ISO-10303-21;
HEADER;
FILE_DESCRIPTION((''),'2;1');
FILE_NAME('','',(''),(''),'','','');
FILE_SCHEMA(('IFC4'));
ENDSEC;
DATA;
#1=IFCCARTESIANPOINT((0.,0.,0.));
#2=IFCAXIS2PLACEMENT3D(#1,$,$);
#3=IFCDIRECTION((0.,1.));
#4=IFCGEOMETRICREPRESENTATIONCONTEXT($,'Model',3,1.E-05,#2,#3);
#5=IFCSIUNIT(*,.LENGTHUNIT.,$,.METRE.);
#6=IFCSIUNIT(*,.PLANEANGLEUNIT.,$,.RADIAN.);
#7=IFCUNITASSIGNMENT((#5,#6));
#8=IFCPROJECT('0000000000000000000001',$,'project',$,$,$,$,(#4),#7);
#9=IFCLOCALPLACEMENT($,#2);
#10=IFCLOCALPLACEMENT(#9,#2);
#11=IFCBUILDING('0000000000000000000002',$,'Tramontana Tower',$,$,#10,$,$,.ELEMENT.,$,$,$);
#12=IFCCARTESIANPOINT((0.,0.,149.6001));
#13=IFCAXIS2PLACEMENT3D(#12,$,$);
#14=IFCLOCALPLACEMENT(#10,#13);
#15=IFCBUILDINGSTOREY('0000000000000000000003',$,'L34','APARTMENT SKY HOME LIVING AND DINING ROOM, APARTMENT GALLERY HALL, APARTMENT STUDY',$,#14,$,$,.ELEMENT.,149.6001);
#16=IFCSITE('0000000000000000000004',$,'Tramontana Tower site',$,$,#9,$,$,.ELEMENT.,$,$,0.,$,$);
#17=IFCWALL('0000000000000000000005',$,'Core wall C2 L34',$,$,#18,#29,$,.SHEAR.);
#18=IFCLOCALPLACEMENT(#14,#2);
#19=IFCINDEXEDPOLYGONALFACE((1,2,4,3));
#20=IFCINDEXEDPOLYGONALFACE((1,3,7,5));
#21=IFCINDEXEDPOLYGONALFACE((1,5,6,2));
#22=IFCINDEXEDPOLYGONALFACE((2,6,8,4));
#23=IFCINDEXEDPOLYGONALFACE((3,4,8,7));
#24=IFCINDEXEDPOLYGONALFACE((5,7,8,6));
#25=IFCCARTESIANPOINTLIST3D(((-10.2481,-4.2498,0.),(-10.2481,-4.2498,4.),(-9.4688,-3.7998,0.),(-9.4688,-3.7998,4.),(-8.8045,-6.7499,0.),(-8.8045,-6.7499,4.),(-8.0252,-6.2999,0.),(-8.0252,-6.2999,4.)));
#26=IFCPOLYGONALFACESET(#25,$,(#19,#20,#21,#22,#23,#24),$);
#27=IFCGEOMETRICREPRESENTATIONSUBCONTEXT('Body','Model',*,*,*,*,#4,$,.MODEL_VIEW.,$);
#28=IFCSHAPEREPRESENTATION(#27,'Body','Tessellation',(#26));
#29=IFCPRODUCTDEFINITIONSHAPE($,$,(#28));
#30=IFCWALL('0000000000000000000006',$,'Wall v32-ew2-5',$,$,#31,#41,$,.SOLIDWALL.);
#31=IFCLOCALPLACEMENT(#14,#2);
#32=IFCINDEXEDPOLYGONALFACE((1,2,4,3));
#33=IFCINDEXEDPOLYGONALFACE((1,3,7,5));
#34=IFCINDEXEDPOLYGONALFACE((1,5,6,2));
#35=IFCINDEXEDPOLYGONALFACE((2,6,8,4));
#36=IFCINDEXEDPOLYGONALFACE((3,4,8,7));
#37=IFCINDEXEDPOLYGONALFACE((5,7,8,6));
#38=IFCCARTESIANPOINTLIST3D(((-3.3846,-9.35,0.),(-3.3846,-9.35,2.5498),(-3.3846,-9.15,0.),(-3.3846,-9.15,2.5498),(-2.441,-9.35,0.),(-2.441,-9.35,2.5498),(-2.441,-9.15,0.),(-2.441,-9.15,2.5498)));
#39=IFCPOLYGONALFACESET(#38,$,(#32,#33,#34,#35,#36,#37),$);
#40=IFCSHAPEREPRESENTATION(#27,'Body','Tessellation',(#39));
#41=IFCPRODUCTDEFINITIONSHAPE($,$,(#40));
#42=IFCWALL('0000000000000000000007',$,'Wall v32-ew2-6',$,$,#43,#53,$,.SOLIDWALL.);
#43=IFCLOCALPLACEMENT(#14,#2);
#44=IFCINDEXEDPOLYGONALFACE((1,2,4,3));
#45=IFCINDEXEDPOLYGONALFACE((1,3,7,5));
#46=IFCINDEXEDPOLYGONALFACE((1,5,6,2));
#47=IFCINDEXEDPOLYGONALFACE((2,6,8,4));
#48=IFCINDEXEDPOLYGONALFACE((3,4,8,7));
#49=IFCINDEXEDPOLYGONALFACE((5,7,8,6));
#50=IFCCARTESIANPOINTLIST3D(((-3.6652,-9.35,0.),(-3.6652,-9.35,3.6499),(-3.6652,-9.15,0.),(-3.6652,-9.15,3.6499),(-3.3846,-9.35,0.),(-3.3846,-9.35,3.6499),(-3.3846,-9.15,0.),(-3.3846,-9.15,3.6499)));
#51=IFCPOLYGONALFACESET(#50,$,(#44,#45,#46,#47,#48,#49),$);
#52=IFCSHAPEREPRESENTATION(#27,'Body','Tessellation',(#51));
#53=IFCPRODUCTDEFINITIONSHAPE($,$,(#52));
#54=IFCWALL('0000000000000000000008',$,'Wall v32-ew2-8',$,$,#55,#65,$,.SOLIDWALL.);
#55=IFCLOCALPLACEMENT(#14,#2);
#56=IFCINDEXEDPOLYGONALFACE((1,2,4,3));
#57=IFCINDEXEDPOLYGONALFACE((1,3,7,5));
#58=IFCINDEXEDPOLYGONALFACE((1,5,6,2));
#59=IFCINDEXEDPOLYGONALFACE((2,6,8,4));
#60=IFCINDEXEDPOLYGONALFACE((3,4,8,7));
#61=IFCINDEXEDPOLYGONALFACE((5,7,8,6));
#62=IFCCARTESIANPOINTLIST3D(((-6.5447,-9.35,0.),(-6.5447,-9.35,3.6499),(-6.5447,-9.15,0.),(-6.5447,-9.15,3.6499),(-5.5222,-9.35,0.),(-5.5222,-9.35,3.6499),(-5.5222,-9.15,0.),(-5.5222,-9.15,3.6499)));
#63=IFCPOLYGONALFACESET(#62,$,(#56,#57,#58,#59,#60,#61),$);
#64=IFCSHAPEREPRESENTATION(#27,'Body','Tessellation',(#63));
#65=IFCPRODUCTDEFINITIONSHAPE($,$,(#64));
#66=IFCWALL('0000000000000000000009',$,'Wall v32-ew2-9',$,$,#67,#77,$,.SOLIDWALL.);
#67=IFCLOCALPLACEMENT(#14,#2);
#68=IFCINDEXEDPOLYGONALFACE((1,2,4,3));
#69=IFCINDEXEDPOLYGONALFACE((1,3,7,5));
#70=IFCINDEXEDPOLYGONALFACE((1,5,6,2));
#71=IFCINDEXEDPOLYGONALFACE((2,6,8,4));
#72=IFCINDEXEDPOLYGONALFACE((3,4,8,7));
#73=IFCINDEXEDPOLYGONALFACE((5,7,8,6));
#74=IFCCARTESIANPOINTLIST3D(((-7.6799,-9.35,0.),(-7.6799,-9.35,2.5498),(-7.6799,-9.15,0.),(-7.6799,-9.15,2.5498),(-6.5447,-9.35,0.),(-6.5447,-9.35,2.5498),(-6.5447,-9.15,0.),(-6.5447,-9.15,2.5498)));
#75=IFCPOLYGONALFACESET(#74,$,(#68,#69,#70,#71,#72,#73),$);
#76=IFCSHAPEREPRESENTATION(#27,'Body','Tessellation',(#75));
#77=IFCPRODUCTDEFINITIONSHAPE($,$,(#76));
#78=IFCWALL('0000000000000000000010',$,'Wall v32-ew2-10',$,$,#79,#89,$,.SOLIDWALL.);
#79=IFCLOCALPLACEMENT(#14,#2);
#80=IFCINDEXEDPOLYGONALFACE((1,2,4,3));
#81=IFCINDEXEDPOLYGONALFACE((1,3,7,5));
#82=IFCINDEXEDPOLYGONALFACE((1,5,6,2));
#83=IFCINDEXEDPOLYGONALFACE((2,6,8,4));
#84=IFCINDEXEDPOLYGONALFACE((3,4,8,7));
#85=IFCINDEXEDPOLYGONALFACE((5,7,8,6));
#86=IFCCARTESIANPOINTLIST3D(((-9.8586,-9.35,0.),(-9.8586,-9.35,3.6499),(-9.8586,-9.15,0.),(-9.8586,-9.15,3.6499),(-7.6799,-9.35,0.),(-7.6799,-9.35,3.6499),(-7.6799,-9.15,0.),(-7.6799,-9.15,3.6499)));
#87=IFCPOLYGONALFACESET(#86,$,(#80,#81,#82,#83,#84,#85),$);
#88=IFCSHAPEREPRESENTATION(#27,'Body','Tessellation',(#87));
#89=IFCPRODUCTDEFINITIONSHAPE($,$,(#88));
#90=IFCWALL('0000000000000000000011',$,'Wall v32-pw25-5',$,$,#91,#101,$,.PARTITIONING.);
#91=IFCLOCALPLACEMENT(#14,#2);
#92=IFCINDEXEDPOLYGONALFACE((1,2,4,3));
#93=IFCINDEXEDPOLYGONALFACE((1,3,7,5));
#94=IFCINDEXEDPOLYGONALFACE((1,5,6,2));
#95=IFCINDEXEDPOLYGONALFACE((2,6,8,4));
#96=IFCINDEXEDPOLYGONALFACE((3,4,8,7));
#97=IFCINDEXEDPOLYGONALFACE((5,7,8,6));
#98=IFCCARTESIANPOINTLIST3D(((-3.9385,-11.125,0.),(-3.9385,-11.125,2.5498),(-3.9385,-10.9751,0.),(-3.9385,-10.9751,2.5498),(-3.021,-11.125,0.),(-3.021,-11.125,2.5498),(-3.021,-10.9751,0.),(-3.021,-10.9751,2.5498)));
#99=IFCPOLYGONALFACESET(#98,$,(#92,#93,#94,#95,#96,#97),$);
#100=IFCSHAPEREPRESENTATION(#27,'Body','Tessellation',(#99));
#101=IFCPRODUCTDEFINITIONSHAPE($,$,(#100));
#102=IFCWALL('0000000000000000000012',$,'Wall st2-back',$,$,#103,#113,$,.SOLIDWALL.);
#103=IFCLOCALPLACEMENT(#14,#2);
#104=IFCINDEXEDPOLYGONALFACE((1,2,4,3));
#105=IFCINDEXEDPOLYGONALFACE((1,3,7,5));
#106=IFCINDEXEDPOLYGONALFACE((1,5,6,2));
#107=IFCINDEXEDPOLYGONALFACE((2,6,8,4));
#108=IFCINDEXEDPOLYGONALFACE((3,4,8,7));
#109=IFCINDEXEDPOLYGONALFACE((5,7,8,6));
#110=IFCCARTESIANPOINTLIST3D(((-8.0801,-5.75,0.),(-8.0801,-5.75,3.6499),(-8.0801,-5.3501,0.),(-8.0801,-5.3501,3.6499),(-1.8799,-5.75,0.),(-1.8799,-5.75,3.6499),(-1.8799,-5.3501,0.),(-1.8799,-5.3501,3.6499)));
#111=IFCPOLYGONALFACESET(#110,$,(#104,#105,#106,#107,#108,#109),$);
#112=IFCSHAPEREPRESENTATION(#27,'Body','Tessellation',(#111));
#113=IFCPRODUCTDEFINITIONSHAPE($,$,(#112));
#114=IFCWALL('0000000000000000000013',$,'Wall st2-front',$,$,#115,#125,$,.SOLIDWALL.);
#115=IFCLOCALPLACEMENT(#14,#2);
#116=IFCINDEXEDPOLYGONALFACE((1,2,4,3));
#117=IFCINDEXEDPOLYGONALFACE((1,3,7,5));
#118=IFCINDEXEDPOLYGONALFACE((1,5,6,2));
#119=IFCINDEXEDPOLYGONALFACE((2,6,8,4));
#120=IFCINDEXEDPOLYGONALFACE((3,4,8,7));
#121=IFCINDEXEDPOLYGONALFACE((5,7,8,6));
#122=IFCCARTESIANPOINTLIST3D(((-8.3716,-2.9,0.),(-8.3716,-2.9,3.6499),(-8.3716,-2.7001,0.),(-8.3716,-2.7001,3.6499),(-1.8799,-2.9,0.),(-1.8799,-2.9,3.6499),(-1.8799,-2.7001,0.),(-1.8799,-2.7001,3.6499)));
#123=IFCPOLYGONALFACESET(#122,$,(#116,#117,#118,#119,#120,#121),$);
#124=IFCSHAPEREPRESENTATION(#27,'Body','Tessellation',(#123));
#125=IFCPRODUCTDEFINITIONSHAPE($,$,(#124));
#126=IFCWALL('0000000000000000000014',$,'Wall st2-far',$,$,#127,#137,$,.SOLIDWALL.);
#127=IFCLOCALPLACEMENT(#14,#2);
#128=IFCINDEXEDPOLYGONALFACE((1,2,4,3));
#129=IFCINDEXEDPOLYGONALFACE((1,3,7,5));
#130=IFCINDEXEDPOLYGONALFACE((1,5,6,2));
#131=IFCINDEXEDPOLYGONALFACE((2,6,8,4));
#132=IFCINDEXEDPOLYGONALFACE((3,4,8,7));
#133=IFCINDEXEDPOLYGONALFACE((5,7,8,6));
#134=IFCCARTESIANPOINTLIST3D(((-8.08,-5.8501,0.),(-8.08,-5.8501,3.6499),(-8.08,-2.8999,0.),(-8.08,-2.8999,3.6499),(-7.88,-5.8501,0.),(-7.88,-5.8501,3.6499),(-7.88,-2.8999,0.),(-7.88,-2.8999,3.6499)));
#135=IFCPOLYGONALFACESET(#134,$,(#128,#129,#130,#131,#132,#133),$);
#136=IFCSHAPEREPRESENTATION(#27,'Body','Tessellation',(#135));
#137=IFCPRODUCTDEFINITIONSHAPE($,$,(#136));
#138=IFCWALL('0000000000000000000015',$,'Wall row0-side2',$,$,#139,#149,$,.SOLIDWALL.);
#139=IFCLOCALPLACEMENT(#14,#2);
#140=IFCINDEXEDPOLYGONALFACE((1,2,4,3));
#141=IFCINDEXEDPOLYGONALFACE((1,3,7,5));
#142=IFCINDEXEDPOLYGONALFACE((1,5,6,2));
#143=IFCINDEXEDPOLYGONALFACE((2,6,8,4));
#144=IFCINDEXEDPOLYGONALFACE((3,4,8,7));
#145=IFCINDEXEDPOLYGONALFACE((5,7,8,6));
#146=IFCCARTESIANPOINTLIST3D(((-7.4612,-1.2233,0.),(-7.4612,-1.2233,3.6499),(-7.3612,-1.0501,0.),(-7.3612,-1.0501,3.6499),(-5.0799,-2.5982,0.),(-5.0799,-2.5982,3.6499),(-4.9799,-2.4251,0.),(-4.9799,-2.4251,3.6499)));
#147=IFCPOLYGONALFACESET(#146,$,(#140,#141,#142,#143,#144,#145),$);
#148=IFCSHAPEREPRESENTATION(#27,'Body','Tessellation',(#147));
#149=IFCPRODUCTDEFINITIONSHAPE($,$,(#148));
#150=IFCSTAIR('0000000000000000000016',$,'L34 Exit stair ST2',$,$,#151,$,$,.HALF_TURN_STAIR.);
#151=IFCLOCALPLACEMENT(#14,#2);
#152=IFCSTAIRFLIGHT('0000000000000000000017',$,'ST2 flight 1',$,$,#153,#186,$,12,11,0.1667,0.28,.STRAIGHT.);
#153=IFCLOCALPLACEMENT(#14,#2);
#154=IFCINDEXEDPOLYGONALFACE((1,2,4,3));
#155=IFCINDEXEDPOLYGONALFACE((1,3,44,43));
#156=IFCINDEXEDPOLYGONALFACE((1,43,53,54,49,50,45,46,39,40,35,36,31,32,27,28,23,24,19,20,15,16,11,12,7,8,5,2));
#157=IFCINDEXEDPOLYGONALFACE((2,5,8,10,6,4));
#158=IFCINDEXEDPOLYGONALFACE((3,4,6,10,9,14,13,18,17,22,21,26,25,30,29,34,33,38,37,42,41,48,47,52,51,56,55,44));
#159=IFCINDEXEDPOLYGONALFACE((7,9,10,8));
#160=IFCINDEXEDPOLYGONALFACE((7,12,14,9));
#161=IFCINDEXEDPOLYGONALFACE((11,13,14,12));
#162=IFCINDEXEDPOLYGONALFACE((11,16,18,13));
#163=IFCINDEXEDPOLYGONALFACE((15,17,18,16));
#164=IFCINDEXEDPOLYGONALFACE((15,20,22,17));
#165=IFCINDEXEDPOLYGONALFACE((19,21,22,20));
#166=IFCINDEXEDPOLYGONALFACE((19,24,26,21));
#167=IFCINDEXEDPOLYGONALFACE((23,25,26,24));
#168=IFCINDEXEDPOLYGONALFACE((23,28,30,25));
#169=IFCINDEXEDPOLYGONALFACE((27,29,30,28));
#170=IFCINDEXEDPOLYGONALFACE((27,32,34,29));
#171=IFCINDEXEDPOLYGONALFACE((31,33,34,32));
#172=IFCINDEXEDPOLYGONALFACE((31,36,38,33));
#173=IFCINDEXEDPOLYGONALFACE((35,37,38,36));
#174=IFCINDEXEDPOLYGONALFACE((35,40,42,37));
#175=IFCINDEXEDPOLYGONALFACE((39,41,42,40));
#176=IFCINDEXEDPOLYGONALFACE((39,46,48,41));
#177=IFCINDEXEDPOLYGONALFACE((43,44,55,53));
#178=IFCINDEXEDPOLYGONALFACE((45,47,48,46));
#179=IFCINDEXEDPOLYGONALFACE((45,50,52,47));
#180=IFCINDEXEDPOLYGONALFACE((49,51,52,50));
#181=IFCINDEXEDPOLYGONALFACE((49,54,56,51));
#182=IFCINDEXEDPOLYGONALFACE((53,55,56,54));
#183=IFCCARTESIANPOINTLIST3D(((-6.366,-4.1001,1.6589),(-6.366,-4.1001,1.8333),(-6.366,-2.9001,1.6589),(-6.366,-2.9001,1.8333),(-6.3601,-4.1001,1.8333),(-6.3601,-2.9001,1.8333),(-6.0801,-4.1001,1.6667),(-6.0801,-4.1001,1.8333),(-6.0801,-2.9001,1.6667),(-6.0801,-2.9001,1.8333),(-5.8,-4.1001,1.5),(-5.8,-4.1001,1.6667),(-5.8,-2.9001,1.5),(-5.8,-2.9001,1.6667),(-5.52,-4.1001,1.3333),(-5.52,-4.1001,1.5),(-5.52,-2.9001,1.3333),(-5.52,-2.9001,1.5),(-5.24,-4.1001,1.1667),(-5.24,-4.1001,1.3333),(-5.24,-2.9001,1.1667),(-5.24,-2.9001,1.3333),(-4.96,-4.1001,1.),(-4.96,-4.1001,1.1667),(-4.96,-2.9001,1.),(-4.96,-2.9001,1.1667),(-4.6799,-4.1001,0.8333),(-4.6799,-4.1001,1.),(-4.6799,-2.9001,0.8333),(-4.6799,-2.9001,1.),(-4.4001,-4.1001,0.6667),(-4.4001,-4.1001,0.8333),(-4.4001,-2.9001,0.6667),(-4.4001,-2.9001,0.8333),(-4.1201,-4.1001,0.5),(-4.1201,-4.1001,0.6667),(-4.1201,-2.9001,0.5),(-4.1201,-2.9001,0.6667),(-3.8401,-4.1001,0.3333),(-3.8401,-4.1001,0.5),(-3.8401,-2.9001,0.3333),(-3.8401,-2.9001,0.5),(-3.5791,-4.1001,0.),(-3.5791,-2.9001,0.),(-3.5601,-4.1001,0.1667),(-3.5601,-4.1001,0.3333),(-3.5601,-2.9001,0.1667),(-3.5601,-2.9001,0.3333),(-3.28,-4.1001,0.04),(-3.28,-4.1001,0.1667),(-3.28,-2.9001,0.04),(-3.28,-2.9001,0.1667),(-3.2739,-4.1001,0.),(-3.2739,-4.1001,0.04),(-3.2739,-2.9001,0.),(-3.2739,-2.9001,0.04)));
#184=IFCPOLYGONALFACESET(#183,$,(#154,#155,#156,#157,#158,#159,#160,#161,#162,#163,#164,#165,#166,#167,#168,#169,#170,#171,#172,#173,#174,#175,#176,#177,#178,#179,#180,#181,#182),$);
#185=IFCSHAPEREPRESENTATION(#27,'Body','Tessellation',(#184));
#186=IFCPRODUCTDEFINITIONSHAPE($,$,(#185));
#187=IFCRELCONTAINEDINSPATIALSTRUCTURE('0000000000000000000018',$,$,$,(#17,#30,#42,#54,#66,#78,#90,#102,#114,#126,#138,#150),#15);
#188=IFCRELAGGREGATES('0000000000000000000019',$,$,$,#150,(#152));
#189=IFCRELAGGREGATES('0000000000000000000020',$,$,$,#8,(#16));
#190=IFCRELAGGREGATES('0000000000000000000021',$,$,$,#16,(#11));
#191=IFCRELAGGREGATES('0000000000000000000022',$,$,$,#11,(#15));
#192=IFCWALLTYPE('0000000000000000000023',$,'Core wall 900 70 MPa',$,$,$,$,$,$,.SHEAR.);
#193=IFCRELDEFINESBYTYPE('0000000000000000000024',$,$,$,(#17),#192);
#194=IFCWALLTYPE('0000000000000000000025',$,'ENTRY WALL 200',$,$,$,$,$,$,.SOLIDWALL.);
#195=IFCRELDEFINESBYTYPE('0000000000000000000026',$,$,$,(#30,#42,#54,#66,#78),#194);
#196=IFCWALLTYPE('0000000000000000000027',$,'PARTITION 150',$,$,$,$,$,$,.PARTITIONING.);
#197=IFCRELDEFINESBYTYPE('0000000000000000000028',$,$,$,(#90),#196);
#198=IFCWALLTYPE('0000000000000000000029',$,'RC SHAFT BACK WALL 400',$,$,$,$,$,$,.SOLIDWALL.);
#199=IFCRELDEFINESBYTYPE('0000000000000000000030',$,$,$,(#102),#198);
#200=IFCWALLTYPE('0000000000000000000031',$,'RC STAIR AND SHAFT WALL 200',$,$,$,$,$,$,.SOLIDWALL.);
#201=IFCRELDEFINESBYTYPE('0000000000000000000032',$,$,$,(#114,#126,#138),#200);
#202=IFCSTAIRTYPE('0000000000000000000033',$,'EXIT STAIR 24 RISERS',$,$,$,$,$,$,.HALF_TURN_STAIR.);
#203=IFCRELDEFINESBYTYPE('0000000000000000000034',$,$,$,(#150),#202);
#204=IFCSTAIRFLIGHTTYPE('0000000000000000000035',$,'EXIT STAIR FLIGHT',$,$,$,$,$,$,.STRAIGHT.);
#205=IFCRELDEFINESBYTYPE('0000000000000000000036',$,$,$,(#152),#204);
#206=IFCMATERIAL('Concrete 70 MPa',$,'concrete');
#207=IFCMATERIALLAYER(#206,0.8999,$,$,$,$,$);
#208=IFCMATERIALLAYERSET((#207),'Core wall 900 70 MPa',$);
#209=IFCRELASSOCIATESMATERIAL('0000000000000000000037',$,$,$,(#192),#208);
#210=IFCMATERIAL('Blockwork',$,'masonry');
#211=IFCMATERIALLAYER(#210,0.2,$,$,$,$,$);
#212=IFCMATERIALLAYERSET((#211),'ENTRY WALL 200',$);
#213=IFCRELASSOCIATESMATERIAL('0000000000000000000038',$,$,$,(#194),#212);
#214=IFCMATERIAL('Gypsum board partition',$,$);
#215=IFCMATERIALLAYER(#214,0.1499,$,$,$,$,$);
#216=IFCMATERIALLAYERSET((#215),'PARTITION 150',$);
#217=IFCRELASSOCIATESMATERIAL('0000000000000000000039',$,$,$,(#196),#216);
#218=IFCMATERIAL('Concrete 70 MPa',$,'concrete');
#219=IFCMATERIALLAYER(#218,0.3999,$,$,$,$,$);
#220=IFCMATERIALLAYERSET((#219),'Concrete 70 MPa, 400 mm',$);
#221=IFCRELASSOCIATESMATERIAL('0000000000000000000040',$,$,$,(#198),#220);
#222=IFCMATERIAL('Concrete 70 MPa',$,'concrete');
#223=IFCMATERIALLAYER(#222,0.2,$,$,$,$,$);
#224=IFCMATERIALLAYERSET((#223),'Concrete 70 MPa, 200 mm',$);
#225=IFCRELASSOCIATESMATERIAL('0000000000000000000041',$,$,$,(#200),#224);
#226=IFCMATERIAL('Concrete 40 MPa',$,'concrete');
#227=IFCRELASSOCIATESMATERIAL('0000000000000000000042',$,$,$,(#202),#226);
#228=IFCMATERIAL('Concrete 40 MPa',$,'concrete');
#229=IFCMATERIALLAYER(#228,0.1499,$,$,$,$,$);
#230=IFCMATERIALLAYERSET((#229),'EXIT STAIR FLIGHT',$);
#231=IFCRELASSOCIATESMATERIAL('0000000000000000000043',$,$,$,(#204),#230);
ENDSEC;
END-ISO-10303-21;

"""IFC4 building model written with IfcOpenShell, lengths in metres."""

from ifc_helpers import new_model, si_unit, direction, frame, frame_2d, origin, place, context, subcontext, project, spatial, polyline, rectangle, outline, extrude, material, layer, layer_set, type_object, element, aggregate, save


model = new_model("IFC4")

# Units and contexts
model_context = context("Model", 3, precision=1e-05, world=origin(), true_north=direction((0.0, 1.0)))
body_context = subcontext(model_context, "Body", "Model", "MODEL_VIEW")
ifc_project = project(units=[si_unit("LENGTHUNIT", "METRE"), si_unit("PLANEANGLEUNIT", "RADIAN")], contexts=[model_context])

# Site, building, storey
site_placement = place(None, origin())
site = spatial("IfcSite", under=ifc_project, at=site_placement, Name="Tramontana Tower site", CompositionType="ELEMENT", RefElevation=0.0)
building_placement = place(site_placement, origin())
building = spatial("IfcBuilding", under=site, at=building_placement, Name="Tramontana Tower", CompositionType="ELEMENT")
storey_placement = place(building_placement, frame((0.0, 0.0, 149.6001)))
storey = spatial("IfcBuildingStorey", under=building, at=storey_placement, Name="L34", Description="APARTMENT SKY HOME LIVING AND DINING ROOM, APARTMENT GALLERY HALL, APARTMENT STUDY", CompositionType="ELEMENT", Elevation=149.6001)

# Wall
ifc_material_1 = material(Name="Concrete 70 MPa", Category="concrete")
ifc_layer_1 = layer(ifc_material_1, 0.8999)
ifc_layer_set_1 = layer_set([ifc_layer_1], Name="Core wall 900 70 MPa")
wall_type_1 = type_object("IfcWallType", Name="Core wall 900 70 MPa", PredefinedType="SHEAR", material=ifc_layer_set_1)
wall_1_placement = place(storey_placement, frame((-9.8584, -4.0249, 0.0), z_axis=(0.0, 0.0, 1.0), x_axis=(0.500059, -0.865991, 0.0)))
element("IfcWall", 1, at=wall_1_placement, inside=storey, type_object=wall_type_1, Name="Core wall C2 L34", PredefinedType="SHEAR", context=body_context, shape_type="SweptSolid", body=[
    extrude(rectangle(XDim=2.887, YDim=0.8999, at=frame_2d((1.4434, 0.0))), origin(), (0.0, 0.0, 1.0), 4.0),
])

# Walls
ifc_material_2 = material(Name="Blockwork", Category="masonry")
ifc_layer_2 = layer(ifc_material_2, 0.2)
ifc_layer_set_2 = layer_set([ifc_layer_2], Name="ENTRY WALL 200")
wall_type_2 = type_object("IfcWallType", Name="ENTRY WALL 200", PredefinedType="SOLIDWALL", material=ifc_layer_set_2)
wall_2_placement = place(storey_placement, frame((-2.4412, -9.25, 0.0), z_axis=(0.0, 0.0, 1.0), x_axis=(-1.0, 0.0, 0.0)))
element("IfcWall", 2, at=wall_2_placement, inside=storey, type_object=wall_type_2, Name="Wall v32-ew2-5", PredefinedType="SOLIDWALL", context=body_context, shape_type="SweptSolid", body=[
    extrude(rectangle(XDim=0.9436, YDim=0.2, at=frame_2d((0.4717, 0.0))), origin(), (0.0, 0.0, 1.0), 2.5498),
])
wall_3_placement = place(storey_placement, frame((-3.3848, -9.25, 0.0), z_axis=(0.0, 0.0, 1.0), x_axis=(-1.0, 0.0, 0.0)))
element("IfcWall", 3, at=wall_3_placement, inside=storey, type_object=wall_type_2, Name="Wall v32-ew2-6", PredefinedType="SOLIDWALL", context=body_context, shape_type="SweptSolid", body=[
    extrude(rectangle(XDim=0.2805, YDim=0.2, at=frame_2d((0.1401, 0.0))), origin(), (0.0, 0.0, 1.0), 3.6499),
])

# Walls
wall_4_placement = place(storey_placement, frame((-5.5222, -9.25, 0.0), z_axis=(0.0, 0.0, 1.0), x_axis=(-1.0, 0.0, 0.0)))
element("IfcWall", 4, at=wall_4_placement, inside=storey, type_object=wall_type_2, Name="Wall v32-ew2-8", PredefinedType="SOLIDWALL", context=body_context, shape_type="SweptSolid", body=[
    extrude(rectangle(XDim=1.0225, YDim=0.2, at=frame_2d((0.5112, 0.0))), origin(), (0.0, 0.0, 1.0), 3.6499),
])
wall_5_placement = place(storey_placement, frame((-6.5447, -9.25, 0.0), z_axis=(0.0, 0.0, 1.0), x_axis=(-1.0, 0.0, 0.0)))
element("IfcWall", 5, at=wall_5_placement, inside=storey, type_object=wall_type_2, Name="Wall v32-ew2-9", PredefinedType="SOLIDWALL", context=body_context, shape_type="SweptSolid", body=[
    extrude(rectangle(XDim=1.1353, YDim=0.2, at=frame_2d((0.5676, 0.0))), origin(), (0.0, 0.0, 1.0), 2.5498),
])
wall_6_placement = place(storey_placement, frame((-7.6799, -9.25, 0.0), z_axis=(0.0, 0.0, 1.0), x_axis=(-1.0, 0.0, 0.0)))
element("IfcWall", 6, at=wall_6_placement, inside=storey, type_object=wall_type_2, Name="Wall v32-ew2-10", PredefinedType="SOLIDWALL", context=body_context, shape_type="SweptSolid", body=[
    extrude(rectangle(XDim=2.1787, YDim=0.2, at=frame_2d((1.0894, 0.0))), origin(), (0.0, 0.0, 1.0), 3.6499),
])
ifc_material_3 = material(Name="Gypsum board partition")
ifc_layer_3 = layer(ifc_material_3, 0.1499)
ifc_layer_set_3 = layer_set([ifc_layer_3], Name="PARTITION 150")
wall_type_3 = type_object("IfcWallType", Name="PARTITION 150", PredefinedType="PARTITIONING", material=ifc_layer_set_3)
wall_7_placement = place(storey_placement, frame((-3.021, -11.05, 0.0), z_axis=(0.0, 0.0, 1.0), x_axis=(-1.0, 0.0, 0.0)))
element("IfcWall", 7, at=wall_7_placement, inside=storey, type_object=wall_type_3, Name="Wall v32-pw25-5", PredefinedType="PARTITIONING", context=body_context, shape_type="SweptSolid", body=[
    extrude(rectangle(XDim=0.9175, YDim=0.1499, at=frame_2d((0.4587, 0.0))), origin(), (0.0, 0.0, 1.0), 2.5498),
])
ifc_material_4 = material(Name="Concrete 70 MPa", Category="concrete")
ifc_layer_4 = layer(ifc_material_4, 0.3999)
ifc_layer_set_4 = layer_set([ifc_layer_4], Name="Concrete 70 MPa, 400 mm")
wall_type_4 = type_object("IfcWallType", Name="RC SHAFT BACK WALL 400", PredefinedType="SOLIDWALL", material=ifc_layer_set_4)
wall_8_placement = place(storey_placement, frame((-8.0801, -5.55, 0.0), z_axis=(0.0, 0.0, 1.0), x_axis=(1.0, 0.0, 0.0)))
element("IfcWall", 8, at=wall_8_placement, inside=storey, type_object=wall_type_4, Name="Wall st2-back", PredefinedType="SOLIDWALL", context=body_context, shape_type="SweptSolid", body=[
    extrude(rectangle(XDim=6.2002, YDim=0.3999, at=frame_2d((3.1001, 0.0))), origin(), (0.0, 0.0, 1.0), 3.6499),
])
ifc_material_5 = material(Name="Concrete 70 MPa", Category="concrete")
ifc_layer_5 = layer(ifc_material_5, 0.2)
ifc_layer_set_5 = layer_set([ifc_layer_5], Name="Concrete 70 MPa, 200 mm")
wall_type_5 = type_object("IfcWallType", Name="RC STAIR AND SHAFT WALL 200", PredefinedType="SOLIDWALL", material=ifc_layer_set_5)
wall_9_placement = place(storey_placement, frame((-8.3716, -2.8, 0.0), z_axis=(0.0, 0.0, 1.0), x_axis=(1.0, 0.0, 0.0)))
element("IfcWall", 9, at=wall_9_placement, inside=storey, type_object=wall_type_5, Name="Wall st2-front", PredefinedType="SOLIDWALL", context=body_context, shape_type="SweptSolid", body=[
    extrude(rectangle(XDim=6.4917, YDim=0.2, at=frame_2d((3.2458, 0.0))), origin(), (0.0, 0.0, 1.0), 3.6499),
])
wall_10_placement = place(storey_placement, frame((-7.98, -2.8999, 0.0), z_axis=(0.0, 0.0, 1.0), x_axis=(0.0, -1.0, 0.0)))
element("IfcWall", 10, at=wall_10_placement, inside=storey, type_object=wall_type_5, Name="Wall st2-far", PredefinedType="SOLIDWALL", context=body_context, shape_type="SweptSolid", body=[
    extrude(rectangle(XDim=2.9502, YDim=0.2, at=frame_2d((1.4751, 0.0))), origin(), (0.0, 0.0, 1.0), 3.6499),
])
wall_11_placement = place(storey_placement, frame((-5.0298, -2.5117, 0.0), z_axis=(0.0, 0.0, 1.0), x_axis=(-0.866005, 0.500035, 0.0)))
element("IfcWall", 11, at=wall_11_placement, inside=storey, type_object=wall_type_5, Name="Wall row0-side2", PredefinedType="SOLIDWALL", context=body_context, shape_type="SweptSolid", body=[
    extrude(rectangle(XDim=2.7498, YDim=0.2, at=frame_2d((1.375, 0.0))), origin(), (0.0, 0.0, 1.0), 3.6499),
])

# Stair, stair flight
ifc_material_6 = material(Name="Concrete 40 MPa", Category="concrete")
stair_type = type_object("IfcStairType", Name="EXIT STAIR 24 RISERS", PredefinedType="HALF_TURN_STAIR", material=ifc_material_6)
stair_placement = place(storey_placement, origin())
stair = element("IfcStair", 12, at=stair_placement, inside=storey, type_object=stair_type, Name="L34 Exit stair ST2", PredefinedType="HALF_TURN_STAIR")
ifc_material_7 = material(Name="Concrete 40 MPa", Category="concrete")
ifc_layer_6 = layer(ifc_material_7, 0.1499)
ifc_layer_set_6 = layer_set([ifc_layer_6], Name="EXIT STAIR FLIGHT")
stair_flight_type = type_object("IfcStairFlightType", Name="EXIT STAIR FLIGHT", PredefinedType="STRAIGHT", material=ifc_layer_set_6)
stair_flight_1_placement = place(storey_placement, frame((-3.28, -3.5, 0.0), z_axis=(0.0, 0.0, 1.0), x_axis=(-1.0, 0.0, 0.0)))
stair_flight_1 = element("IfcStairFlight", 13, at=stair_flight_1_placement, type_object=stair_flight_type, Name="ST2 flight 1", NumberOfRisers=12, NumberOfTreads=11, PredefinedType="STRAIGHT", RiserHeight=0.1667, TreadLength=0.28, context=body_context, shape_type="SweptSolid", body=[
    extrude(outline(polyline([(-0.0061, 0.0), (-0.0061, 0.04), (0.0, 0.04), (0.0, 0.1667), (0.28, 0.1667), (0.28, 0.3333), (0.5601, 0.3333), (0.5601, 0.5), (0.8401, 0.5), (0.8401, 0.6667), (1.1201, 0.6667), (1.1201, 0.8333), (1.3999, 0.8333), (1.3999, 1.0), (1.6799, 1.0), (1.6799, 1.1667), (1.96, 1.1667), (1.96, 1.3333), (2.24, 1.3333), (2.24, 1.5), (2.52, 1.5), (2.52, 1.6667), (2.8, 1.6667), (2.8, 1.8333), (3.0801, 1.8333), (3.0859, 1.8333), (3.0859, 1.6589), (0.2991, 0.0), (-0.0061, 0.0)])), frame((0.0, 0.6001, 0.0), z_axis=(0.0, -1.0, 0.0), x_axis=(1.0, 0.0, 0.0)), (0.0, 0.0, 1.0), 1.2),
])
aggregate(stair, [stair_flight_1])

save(model, "model.ifc")
